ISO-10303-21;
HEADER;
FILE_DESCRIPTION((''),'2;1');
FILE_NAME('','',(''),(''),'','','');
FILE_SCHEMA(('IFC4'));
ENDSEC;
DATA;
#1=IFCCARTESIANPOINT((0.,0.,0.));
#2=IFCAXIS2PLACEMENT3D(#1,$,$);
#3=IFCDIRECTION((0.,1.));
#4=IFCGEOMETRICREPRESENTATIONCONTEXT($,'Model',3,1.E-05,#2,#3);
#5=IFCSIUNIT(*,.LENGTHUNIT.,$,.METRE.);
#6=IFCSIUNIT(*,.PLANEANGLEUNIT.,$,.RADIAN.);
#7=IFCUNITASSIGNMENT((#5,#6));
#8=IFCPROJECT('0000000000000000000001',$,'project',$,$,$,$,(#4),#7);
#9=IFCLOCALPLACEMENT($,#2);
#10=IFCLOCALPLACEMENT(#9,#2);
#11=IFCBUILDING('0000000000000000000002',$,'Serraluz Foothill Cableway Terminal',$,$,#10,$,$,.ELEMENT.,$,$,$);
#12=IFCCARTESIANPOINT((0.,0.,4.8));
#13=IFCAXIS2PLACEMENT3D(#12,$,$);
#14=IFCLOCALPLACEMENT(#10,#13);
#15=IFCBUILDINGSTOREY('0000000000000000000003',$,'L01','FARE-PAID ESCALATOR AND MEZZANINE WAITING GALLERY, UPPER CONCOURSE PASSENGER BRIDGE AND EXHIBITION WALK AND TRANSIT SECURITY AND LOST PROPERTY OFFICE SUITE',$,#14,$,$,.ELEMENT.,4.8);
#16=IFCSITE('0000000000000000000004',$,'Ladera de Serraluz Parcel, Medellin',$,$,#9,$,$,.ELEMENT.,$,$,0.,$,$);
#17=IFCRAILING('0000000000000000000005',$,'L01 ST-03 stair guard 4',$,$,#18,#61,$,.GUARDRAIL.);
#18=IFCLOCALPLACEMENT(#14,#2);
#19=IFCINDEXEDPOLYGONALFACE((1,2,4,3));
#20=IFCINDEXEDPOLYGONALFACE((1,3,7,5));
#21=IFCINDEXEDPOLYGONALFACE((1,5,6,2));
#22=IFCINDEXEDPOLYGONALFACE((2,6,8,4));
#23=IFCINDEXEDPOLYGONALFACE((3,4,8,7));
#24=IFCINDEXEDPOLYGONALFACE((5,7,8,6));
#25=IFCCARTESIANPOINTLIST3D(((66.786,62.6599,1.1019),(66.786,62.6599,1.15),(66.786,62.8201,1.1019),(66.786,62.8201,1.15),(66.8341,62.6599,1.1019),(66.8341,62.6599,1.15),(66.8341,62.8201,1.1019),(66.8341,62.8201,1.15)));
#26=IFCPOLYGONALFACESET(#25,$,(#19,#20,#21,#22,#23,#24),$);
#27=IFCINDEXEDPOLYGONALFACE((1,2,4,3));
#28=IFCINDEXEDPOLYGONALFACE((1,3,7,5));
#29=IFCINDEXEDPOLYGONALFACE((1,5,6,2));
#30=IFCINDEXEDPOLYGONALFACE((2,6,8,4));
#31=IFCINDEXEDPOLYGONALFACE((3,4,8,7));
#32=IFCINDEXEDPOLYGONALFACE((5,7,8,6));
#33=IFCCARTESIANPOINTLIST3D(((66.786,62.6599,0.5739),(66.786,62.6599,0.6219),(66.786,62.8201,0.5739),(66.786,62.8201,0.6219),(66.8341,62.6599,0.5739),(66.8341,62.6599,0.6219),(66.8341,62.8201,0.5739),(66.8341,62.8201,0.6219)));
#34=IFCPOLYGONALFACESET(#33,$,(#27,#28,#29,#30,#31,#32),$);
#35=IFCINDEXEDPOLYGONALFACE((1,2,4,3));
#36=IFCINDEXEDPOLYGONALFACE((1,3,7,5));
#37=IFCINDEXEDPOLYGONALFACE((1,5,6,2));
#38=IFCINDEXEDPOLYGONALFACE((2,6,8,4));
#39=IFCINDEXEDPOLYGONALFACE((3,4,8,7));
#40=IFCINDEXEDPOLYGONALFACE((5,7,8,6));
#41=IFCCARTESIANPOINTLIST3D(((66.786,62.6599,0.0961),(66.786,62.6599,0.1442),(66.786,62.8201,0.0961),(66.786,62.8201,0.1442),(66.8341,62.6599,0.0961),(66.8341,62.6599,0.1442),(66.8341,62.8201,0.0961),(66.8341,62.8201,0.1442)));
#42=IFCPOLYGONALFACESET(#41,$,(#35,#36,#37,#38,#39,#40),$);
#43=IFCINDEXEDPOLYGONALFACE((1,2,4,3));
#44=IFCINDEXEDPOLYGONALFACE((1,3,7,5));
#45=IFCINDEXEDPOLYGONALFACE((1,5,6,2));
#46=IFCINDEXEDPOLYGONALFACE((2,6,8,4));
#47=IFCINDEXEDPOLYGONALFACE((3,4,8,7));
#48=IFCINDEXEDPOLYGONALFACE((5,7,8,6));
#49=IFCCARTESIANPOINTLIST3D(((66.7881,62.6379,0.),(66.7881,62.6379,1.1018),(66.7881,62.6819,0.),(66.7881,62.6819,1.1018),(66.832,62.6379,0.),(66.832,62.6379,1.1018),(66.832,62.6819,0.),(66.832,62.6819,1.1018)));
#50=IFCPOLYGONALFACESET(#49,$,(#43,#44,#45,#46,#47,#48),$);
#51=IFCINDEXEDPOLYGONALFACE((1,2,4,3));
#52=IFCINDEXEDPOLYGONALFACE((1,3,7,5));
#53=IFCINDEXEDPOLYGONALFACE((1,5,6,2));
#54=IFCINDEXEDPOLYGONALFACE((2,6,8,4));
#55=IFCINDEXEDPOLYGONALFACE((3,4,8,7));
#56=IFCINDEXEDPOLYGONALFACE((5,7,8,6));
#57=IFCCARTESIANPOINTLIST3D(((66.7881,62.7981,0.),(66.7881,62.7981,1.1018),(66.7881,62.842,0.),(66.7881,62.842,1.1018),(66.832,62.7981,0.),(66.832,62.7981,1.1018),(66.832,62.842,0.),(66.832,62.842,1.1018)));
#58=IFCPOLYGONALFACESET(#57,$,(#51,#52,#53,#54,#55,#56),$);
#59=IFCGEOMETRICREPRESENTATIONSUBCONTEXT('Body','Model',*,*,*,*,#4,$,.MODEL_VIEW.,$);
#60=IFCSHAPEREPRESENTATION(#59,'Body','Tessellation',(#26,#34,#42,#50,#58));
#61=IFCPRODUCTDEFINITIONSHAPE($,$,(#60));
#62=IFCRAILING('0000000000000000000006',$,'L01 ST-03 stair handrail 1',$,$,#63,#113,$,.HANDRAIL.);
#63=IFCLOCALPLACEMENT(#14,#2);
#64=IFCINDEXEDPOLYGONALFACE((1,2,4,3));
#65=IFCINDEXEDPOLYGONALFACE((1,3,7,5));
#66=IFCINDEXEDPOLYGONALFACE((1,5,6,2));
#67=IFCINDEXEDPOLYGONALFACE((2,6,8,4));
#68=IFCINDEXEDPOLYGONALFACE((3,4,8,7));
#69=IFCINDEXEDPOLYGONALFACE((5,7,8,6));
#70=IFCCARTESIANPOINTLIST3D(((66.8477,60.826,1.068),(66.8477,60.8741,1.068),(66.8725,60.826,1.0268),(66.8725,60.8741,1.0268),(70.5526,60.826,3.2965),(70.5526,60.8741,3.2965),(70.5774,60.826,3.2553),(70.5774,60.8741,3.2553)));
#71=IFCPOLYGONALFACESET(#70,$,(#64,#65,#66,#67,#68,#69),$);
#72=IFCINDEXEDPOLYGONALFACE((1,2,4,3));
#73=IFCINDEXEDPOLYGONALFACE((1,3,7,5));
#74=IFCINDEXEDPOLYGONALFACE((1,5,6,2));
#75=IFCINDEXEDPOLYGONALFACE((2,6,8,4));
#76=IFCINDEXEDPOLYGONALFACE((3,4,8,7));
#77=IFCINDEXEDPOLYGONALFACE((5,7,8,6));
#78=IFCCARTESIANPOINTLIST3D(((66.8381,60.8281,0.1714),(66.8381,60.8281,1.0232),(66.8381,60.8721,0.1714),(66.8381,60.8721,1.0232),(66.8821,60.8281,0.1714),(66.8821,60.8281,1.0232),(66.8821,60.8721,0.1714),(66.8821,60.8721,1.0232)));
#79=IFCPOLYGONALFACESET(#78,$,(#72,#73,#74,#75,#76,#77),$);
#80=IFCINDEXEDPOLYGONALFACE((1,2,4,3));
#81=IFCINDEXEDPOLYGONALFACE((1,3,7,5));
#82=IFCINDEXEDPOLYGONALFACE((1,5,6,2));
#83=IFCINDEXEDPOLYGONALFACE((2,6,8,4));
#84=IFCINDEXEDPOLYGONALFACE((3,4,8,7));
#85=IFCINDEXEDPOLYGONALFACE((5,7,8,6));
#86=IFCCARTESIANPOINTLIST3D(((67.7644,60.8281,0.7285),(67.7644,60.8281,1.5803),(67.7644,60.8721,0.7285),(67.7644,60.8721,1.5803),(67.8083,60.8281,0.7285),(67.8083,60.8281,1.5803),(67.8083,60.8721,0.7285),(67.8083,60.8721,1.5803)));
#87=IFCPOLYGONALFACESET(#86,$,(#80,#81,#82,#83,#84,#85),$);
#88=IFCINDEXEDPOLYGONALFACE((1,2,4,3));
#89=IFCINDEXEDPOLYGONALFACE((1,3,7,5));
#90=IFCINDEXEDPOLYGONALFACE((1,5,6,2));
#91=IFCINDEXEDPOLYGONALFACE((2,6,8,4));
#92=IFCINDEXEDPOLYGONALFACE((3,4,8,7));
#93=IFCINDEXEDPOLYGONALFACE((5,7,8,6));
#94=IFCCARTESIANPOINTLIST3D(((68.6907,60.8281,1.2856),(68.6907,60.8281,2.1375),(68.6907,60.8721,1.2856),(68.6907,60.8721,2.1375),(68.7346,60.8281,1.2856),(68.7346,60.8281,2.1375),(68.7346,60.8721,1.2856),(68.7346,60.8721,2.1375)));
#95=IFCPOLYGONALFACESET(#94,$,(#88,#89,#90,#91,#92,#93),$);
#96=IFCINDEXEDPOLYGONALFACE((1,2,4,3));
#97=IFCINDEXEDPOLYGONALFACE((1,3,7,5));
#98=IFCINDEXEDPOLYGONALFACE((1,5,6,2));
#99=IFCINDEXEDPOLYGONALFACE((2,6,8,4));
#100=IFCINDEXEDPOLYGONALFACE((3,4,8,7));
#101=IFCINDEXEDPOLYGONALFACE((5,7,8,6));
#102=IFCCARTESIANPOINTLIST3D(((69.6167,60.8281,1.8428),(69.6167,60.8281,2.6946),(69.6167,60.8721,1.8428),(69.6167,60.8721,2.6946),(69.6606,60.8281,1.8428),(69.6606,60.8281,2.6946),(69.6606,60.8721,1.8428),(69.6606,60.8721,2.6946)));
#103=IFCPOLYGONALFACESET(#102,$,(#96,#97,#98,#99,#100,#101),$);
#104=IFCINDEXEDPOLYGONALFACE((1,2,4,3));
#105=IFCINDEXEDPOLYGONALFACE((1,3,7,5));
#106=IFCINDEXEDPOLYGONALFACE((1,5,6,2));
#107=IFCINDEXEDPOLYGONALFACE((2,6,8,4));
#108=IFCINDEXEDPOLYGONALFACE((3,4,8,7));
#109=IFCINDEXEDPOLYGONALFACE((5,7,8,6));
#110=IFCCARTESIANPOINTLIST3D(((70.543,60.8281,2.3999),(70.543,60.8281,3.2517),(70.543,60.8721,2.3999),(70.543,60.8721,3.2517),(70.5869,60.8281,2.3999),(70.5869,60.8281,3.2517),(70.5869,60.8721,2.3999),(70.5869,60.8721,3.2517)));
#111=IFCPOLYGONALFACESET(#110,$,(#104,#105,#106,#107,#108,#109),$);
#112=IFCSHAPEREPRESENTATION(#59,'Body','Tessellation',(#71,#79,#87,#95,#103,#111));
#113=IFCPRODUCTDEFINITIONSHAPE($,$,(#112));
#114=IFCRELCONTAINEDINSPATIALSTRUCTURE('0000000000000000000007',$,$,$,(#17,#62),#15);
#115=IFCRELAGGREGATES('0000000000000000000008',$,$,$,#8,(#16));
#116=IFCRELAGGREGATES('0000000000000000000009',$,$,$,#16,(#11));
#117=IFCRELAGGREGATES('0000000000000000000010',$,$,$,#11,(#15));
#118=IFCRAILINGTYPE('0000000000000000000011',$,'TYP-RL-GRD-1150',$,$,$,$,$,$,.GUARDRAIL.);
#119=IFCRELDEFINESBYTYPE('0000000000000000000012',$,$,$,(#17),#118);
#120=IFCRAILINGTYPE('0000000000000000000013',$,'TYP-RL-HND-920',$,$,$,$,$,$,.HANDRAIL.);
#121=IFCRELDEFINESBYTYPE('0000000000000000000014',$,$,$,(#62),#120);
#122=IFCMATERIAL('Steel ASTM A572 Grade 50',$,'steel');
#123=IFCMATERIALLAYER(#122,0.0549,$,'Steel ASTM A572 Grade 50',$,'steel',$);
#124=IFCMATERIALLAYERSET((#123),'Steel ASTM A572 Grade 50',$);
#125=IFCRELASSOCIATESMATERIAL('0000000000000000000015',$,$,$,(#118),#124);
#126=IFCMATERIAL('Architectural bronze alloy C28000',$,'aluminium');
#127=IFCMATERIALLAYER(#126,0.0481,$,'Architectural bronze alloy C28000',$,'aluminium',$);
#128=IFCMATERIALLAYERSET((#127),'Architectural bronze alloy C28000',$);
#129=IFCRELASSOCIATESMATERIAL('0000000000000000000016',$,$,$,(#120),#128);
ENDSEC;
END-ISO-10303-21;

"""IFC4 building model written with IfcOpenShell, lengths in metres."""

from ifc_helpers import new_model, si_unit, direction, frame, origin, origin_2d, place, context, subcontext, project, spatial, rectangle, extrude, material, layer, layer_set, type_object, element, save


model = new_model("IFC4")

# Units and contexts
model_context = context("Model", 3, precision=1e-05, world=origin(), true_north=direction((0.0, 1.0)))
body_context = subcontext(model_context, "Body", "Model", "MODEL_VIEW")
ifc_project = project(units=[si_unit("LENGTHUNIT", "METRE"), si_unit("PLANEANGLEUNIT", "RADIAN")], contexts=[model_context])

# Site, building, storey
site_placement = place(None, origin())
site = spatial("IfcSite", under=ifc_project, at=site_placement, Name="Ladera de Serraluz Parcel, Medellin", CompositionType="ELEMENT", RefElevation=0.0)
building_placement = place(site_placement, origin())
building = spatial("IfcBuilding", under=site, at=building_placement, Name="Serraluz Foothill Cableway Terminal", CompositionType="ELEMENT")
storey_placement = place(building_placement, frame((0.0, 0.0, 4.8)))
storey = spatial("IfcBuildingStorey", under=building, at=storey_placement, Name="L01", Description="FARE-PAID ESCALATOR AND MEZZANINE WAITING GALLERY, UPPER CONCOURSE PASSENGER BRIDGE AND EXHIBITION WALK AND TRANSIT SECURITY AND LOST PROPERTY OFFICE SUITE", CompositionType="ELEMENT", Elevation=4.8)

# Shared definitions
ifc_material_1 = material(Name="Architectural bronze alloy C28000", Category="aluminium")

# Railings
ifc_material_2 = material(Name="Steel ASTM A572 Grade 50", Category="steel")
ifc_layer_1 = layer(ifc_material_2, 0.0549, Name="Steel ASTM A572 Grade 50", Category="steel")
ifc_layer_set_1 = layer_set([ifc_layer_1], Name="Steel ASTM A572 Grade 50")
railing_type_1 = type_object("IfcRailingType", Name="TYP-RL-GRD-1150", PredefinedType="GUARDRAIL", material=ifc_layer_set_1)
railing_1_placement = place(storey_placement, frame((66.8101, 62.6599, 0.0)))
element("IfcRailing", 1, at=railing_1_placement, inside=storey, type_object=railing_type_1, Name="L01 ST-03 stair guard 4", PredefinedType="GUARDRAIL", context=body_context, shape_type="SweptSolid", body=[
    extrude(rectangle(XDim=0.0481, YDim=0.0481, at=origin_2d()), frame((0.0, 0.0, 1.126), z_axis=(0.0, 1.0, 0.0), x_axis=(-1.0, 0.0, 0.0)), (0.0, 0.0, 1.0), 0.1602),
    extrude(rectangle(XDim=0.0481, YDim=0.0481, at=origin_2d()), frame((0.0, 0.0, 0.5979), z_axis=(0.0, 1.0, 0.0), x_axis=(-1.0, 0.0, 0.0)), (0.0, 0.0, 1.0), 0.1602),
    extrude(rectangle(XDim=0.0481, YDim=0.0481, at=origin_2d()), frame((0.0, 0.0, 0.1201), z_axis=(0.0, 1.0, 0.0), x_axis=(-1.0, 0.0, 0.0)), (0.0, 0.0, 1.0), 0.1602),
    extrude(rectangle(XDim=0.0439, YDim=0.0439, at=origin_2d()), origin(), (0.0, 0.0, 1.0), 1.1018),
    extrude(rectangle(XDim=0.0439, YDim=0.0439, at=origin_2d()), frame((0.0, 0.1602, 0.0)), (0.0, 0.0, 1.0), 1.1018),
])
ifc_layer_2 = layer(ifc_material_1, 0.0481, Name="Architectural bronze alloy C28000", Category="aluminium")
ifc_layer_set_2 = layer_set([ifc_layer_2], Name="Architectural bronze alloy C28000")
railing_type_2 = type_object("IfcRailingType", Name="TYP-RL-HND-920", PredefinedType="HANDRAIL", material=ifc_layer_set_2)
railing_2_placement = place(storey_placement, frame((66.8601, 60.8501, 0.1714)))
element("IfcRailing", 2, at=railing_2_placement, inside=storey, type_object=railing_type_2, Name="L01 ST-03 stair handrail 1", PredefinedType="HANDRAIL", context=body_context, shape_type="SweptSolid", body=[
    extrude(rectangle(XDim=0.0481, YDim=0.0481, at=origin_2d()), frame((0.0, 0.0, 0.876), z_axis=(0.856919, 0.0, 0.51545), x_axis=(0.0, 1.0, 0.0)), (0.0, 0.0, 1.0), 4.3235),
    extrude(rectangle(XDim=0.0439, YDim=0.0439, at=origin_2d()), origin(), (0.0, 0.0, 1.0), 0.8518),
    extrude(rectangle(XDim=0.0439, YDim=0.0439, at=origin_2d()), frame((0.9263, 0.0, 0.5571)), (0.0, 0.0, 1.0), 0.8518),
    extrude(rectangle(XDim=0.0439, YDim=0.0439, at=origin_2d()), frame((1.8525, 0.0, 1.1143)), (0.0, 0.0, 1.0), 0.8518),
    extrude(rectangle(XDim=0.0439, YDim=0.0439, at=origin_2d()), frame((2.7786, 0.0, 1.6714)), (0.0, 0.0, 1.0), 0.8518),
    extrude(rectangle(XDim=0.0439, YDim=0.0439, at=origin_2d()), frame((3.7048, 0.0, 2.2285)), (0.0, 0.0, 1.0), 0.8518),
])

save(model, "model.ifc")
